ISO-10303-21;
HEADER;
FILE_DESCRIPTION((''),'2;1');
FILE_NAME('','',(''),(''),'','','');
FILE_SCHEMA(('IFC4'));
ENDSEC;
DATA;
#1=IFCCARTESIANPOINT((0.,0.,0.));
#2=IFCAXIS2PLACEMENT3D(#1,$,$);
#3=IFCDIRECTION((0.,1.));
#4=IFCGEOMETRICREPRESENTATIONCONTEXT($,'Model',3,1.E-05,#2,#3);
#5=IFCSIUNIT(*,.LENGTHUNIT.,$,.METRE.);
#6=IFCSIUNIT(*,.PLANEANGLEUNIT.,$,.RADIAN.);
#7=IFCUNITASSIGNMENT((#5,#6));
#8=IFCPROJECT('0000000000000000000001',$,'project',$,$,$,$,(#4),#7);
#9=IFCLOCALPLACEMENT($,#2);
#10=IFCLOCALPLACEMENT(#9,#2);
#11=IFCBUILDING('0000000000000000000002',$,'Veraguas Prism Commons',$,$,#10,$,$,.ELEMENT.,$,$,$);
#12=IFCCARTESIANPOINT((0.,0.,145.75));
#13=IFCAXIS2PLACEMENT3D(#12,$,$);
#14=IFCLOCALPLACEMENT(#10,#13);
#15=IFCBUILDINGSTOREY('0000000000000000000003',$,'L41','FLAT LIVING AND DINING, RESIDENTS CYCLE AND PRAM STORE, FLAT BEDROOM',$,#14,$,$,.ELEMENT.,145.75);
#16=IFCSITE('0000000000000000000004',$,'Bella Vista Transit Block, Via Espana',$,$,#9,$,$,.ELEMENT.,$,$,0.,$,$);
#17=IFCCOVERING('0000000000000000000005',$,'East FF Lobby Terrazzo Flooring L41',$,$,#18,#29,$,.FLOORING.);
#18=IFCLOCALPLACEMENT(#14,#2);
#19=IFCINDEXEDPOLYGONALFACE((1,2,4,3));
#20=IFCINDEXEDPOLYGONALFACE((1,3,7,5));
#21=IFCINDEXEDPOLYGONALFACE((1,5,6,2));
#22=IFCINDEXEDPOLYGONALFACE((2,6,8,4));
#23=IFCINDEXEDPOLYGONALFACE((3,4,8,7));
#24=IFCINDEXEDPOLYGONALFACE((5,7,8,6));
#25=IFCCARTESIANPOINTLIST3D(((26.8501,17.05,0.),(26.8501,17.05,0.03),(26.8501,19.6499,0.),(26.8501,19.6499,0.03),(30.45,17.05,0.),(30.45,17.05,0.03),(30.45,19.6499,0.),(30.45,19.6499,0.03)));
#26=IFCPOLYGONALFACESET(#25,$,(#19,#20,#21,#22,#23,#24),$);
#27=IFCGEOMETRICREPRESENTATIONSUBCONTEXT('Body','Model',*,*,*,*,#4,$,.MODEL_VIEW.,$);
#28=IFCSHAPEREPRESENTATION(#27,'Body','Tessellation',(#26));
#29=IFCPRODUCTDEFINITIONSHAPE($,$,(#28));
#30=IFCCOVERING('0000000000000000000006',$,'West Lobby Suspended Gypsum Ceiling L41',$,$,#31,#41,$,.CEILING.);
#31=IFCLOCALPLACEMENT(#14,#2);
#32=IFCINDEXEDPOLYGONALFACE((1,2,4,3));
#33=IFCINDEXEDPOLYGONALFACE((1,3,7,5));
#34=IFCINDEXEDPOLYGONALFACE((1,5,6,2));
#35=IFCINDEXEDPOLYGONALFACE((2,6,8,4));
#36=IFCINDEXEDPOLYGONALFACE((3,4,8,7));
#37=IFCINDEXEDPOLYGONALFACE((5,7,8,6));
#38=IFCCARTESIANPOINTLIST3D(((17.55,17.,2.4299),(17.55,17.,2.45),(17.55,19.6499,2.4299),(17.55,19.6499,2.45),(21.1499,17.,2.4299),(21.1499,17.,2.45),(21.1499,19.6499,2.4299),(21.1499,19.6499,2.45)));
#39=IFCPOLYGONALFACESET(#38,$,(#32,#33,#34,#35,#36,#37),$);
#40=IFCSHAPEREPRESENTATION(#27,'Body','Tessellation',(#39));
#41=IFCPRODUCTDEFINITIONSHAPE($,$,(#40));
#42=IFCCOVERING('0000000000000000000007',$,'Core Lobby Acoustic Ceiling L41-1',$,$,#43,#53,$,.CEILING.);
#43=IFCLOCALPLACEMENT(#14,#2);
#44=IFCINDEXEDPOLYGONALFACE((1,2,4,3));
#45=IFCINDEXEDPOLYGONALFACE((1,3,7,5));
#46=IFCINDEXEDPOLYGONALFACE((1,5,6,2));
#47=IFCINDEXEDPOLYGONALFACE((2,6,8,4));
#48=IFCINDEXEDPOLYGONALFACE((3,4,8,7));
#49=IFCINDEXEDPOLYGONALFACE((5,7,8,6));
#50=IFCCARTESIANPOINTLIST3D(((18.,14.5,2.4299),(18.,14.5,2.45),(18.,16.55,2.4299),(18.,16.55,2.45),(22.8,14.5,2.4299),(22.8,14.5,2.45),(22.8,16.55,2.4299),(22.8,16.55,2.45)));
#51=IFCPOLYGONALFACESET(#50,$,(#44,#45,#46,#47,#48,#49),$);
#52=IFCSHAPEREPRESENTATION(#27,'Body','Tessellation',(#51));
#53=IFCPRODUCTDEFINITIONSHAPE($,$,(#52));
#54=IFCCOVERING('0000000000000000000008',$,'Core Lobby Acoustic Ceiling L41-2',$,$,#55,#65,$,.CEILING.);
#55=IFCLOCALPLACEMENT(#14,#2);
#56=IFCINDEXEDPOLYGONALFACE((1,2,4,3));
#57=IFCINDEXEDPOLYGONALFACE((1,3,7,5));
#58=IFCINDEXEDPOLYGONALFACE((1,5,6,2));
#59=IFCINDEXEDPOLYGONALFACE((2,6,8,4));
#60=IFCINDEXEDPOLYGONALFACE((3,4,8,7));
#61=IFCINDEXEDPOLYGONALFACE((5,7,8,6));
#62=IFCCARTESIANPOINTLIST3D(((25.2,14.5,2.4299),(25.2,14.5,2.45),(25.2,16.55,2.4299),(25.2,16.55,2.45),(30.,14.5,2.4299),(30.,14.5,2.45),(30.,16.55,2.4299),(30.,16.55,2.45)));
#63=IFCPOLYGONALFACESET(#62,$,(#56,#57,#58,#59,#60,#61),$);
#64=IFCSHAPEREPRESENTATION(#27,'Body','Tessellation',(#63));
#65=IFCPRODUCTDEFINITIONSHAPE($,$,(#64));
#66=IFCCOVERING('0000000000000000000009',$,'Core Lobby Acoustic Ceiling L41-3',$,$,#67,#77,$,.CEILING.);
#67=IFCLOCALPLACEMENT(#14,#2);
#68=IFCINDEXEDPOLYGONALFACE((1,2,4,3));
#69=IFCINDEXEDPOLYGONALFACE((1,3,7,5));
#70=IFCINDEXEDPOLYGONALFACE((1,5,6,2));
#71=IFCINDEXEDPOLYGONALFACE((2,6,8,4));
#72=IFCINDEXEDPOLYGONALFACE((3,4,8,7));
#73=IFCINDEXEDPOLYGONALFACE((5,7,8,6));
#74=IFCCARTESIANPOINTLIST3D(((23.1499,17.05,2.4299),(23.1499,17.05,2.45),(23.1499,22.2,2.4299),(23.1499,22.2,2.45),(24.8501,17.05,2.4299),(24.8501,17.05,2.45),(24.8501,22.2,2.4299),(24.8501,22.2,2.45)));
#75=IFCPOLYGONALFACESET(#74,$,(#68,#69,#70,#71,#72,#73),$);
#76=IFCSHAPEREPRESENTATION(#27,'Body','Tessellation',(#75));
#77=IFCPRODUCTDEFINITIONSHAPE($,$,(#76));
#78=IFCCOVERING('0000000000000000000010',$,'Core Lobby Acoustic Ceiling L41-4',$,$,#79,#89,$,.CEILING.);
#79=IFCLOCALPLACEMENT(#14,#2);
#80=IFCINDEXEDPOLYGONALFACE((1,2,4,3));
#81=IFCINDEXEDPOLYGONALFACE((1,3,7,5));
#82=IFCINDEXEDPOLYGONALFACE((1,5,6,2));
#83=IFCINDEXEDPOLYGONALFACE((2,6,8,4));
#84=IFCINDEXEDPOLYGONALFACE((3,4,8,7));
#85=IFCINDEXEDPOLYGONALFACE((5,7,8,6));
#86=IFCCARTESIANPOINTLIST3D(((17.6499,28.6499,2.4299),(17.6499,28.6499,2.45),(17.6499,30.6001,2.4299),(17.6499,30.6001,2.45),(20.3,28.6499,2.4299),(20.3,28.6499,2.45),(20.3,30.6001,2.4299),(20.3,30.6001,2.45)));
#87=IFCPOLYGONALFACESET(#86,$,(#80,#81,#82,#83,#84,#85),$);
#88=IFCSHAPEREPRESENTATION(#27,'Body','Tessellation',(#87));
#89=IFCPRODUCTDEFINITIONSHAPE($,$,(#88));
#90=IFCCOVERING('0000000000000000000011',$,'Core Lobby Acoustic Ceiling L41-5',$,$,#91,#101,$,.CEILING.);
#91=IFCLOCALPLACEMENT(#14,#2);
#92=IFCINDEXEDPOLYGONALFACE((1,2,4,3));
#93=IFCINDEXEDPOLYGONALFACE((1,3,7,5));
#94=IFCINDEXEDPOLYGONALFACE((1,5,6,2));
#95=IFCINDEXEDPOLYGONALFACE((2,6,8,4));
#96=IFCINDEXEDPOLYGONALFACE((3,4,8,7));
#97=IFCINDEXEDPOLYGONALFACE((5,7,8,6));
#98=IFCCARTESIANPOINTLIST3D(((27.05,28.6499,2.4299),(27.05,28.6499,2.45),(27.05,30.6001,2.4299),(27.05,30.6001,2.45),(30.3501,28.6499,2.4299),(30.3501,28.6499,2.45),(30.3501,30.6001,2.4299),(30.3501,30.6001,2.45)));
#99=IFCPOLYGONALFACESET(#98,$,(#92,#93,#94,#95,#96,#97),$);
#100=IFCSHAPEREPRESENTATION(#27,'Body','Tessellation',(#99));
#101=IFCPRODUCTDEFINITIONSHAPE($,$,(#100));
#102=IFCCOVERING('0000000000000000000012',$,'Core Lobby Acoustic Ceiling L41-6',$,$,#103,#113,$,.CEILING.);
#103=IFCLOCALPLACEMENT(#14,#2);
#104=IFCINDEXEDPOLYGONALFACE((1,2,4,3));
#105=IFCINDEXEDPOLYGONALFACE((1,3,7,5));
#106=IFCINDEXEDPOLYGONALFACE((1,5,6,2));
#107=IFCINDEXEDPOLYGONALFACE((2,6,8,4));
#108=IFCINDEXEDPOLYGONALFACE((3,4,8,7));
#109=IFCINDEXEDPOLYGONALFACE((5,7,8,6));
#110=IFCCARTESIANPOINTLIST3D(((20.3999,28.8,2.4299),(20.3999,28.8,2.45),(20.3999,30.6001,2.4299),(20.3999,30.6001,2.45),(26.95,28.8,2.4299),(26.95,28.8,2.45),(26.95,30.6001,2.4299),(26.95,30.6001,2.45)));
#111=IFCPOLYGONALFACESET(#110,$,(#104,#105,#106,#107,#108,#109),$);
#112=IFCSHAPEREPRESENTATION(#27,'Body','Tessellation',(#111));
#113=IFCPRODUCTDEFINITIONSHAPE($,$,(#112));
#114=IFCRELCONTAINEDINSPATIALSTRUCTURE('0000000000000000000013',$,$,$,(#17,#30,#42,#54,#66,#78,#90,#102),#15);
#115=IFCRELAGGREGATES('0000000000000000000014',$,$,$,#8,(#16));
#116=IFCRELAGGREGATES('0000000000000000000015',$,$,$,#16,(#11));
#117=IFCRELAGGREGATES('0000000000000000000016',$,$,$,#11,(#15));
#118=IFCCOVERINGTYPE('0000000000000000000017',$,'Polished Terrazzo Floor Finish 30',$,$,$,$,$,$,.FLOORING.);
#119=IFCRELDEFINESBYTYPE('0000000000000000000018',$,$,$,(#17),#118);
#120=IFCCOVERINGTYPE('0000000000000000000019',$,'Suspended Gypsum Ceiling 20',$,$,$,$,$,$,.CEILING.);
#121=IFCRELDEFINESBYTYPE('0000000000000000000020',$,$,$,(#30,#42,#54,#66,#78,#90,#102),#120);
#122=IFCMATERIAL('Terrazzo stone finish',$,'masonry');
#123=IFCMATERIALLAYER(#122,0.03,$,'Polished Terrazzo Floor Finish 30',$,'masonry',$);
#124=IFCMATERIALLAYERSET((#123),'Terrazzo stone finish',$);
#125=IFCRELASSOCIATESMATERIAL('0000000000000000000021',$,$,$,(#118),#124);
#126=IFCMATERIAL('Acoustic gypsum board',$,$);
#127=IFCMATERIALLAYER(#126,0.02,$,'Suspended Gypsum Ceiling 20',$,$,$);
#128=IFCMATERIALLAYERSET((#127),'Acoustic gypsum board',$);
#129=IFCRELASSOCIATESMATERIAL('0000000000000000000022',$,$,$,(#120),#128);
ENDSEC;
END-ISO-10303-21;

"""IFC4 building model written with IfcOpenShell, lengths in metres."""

from ifc_helpers import new_model, si_unit, direction, frame, origin, place, context, subcontext, project, spatial, polyline, outline, extrude, material, layer, layer_set, type_object, element, save


model = new_model("IFC4")

# Units and contexts
model_context = context("Model", 3, precision=1e-05, world=origin(), true_north=direction((0.0, 1.0)))
body_context = subcontext(model_context, "Body", "Model", "MODEL_VIEW")
ifc_project = project(units=[si_unit("LENGTHUNIT", "METRE"), si_unit("PLANEANGLEUNIT", "RADIAN")], contexts=[model_context])

# Site, building, storey
site_placement = place(None, origin())
site = spatial("IfcSite", under=ifc_project, at=site_placement, Name="Bella Vista Transit Block, Via Espana", CompositionType="ELEMENT", RefElevation=0.0)
building_placement = place(site_placement, origin())
building = spatial("IfcBuilding", under=site, at=building_placement, Name="Veraguas Prism Commons", CompositionType="ELEMENT")
storey_placement = place(building_placement, frame((0.0, 0.0, 145.75)))
storey = spatial("IfcBuildingStorey", under=building, at=storey_placement, Name="L41", Description="FLAT LIVING AND DINING, RESIDENTS CYCLE AND PRAM STORE, FLAT BEDROOM", CompositionType="ELEMENT", Elevation=145.75)

# Coverings
ifc_material_1 = material(Name="Acoustic gypsum board")
ifc_material_2 = material(Name="Terrazzo stone finish", Category="masonry")
ifc_layer_1 = layer(ifc_material_2, 0.03, Name="Polished Terrazzo Floor Finish 30", Category="masonry")
ifc_layer_set_1 = layer_set([ifc_layer_1], Name="Terrazzo stone finish")
covering_type_1 = type_object("IfcCoveringType", Name="Polished Terrazzo Floor Finish 30", PredefinedType="FLOORING", material=ifc_layer_set_1)
covering_1_placement = place(storey_placement, origin())
element("IfcCovering", 1, at=covering_1_placement, inside=storey, type_object=covering_type_1, Name="East FF Lobby Terrazzo Flooring L41", PredefinedType="FLOORING", context=body_context, shape_type="SweptSolid", body=[
    extrude(outline(polyline([(26.8501, 17.05), (30.45, 17.05), (30.45, 19.6499), (26.8501, 19.6499), (26.8501, 17.05)])), origin(), (0.0, 0.0, 1.0), 0.03),
])
ifc_layer_2 = layer(ifc_material_1, 0.02, Name="Suspended Gypsum Ceiling 20")
ifc_layer_set_2 = layer_set([ifc_layer_2], Name="Acoustic gypsum board")
covering_type_2 = type_object("IfcCoveringType", Name="Suspended Gypsum Ceiling 20", PredefinedType="CEILING", material=ifc_layer_set_2)
covering_2_placement = place(storey_placement, frame((0.0, 0.0, 2.4299)))
element("IfcCovering", 2, at=covering_2_placement, inside=storey, type_object=covering_type_2, Name="West Lobby Suspended Gypsum Ceiling L41", PredefinedType="CEILING", context=body_context, shape_type="SweptSolid", body=[
    extrude(outline(polyline([(17.55, 17.0), (21.1499, 17.0), (21.1499, 19.6499), (17.55, 19.6499), (17.55, 17.0)])), origin(), (0.0, 0.0, 1.0), 0.02),
])
covering_3_placement = place(storey_placement, frame((0.0, 0.0, 2.4299)))
element("IfcCovering", 3, at=covering_3_placement, inside=storey, type_object=covering_type_2, Name="Core Lobby Acoustic Ceiling L41-1", PredefinedType="CEILING", context=body_context, shape_type="SweptSolid", body=[
    extrude(outline(polyline([(18.0, 14.5), (22.8, 14.5), (22.8, 16.55), (18.0, 16.55), (18.0, 14.5)])), origin(), (0.0, 0.0, 1.0), 0.02),
])
covering_4_placement = place(storey_placement, frame((0.0, 0.0, 2.4299)))
element("IfcCovering", 4, at=covering_4_placement, inside=storey, type_object=covering_type_2, Name="Core Lobby Acoustic Ceiling L41-2", PredefinedType="CEILING", context=body_context, shape_type="SweptSolid", body=[
    extrude(outline(polyline([(25.2, 14.5), (30.0, 14.5), (30.0, 16.55), (25.2, 16.55), (25.2, 14.5)])), origin(), (0.0, 0.0, 1.0), 0.02),
])
covering_5_placement = place(storey_placement, frame((0.0, 0.0, 2.4299)))
element("IfcCovering", 5, at=covering_5_placement, inside=storey, type_object=covering_type_2, Name="Core Lobby Acoustic Ceiling L41-3", PredefinedType="CEILING", context=body_context, shape_type="SweptSolid", body=[
    extrude(outline(polyline([(23.1499, 17.05), (24.8501, 17.05), (24.8501, 22.2), (23.1499, 22.2), (23.1499, 17.05)])), origin(), (0.0, 0.0, 1.0), 0.02),
])
covering_6_placement = place(storey_placement, frame((0.0, 0.0, 2.4299)))
element("IfcCovering", 6, at=covering_6_placement, inside=storey, type_object=covering_type_2, Name="Core Lobby Acoustic Ceiling L41-4", PredefinedType="CEILING", context=body_context, shape_type="SweptSolid", body=[
    extrude(outline(polyline([(17.6499, 28.6499), (20.3, 28.6499), (20.3, 30.6001), (17.6499, 30.6001), (17.6499, 28.6499)])), origin(), (0.0, 0.0, 1.0), 0.02),
])
covering_7_placement = place(storey_placement, frame((0.0, 0.0, 2.4299)))
element("IfcCovering", 7, at=covering_7_placement, inside=storey, type_object=covering_type_2, Name="Core Lobby Acoustic Ceiling L41-5", PredefinedType="CEILING", context=body_context, shape_type="SweptSolid", body=[
    extrude(outline(polyline([(27.05, 28.6499), (30.3501, 28.6499), (30.3501, 30.6001), (27.05, 30.6001), (27.05, 28.6499)])), origin(), (0.0, 0.0, 1.0), 0.02),
])
covering_8_placement = place(storey_placement, frame((0.0, 0.0, 2.4299)))
element("IfcCovering", 8, at=covering_8_placement, inside=storey, type_object=covering_type_2, Name="Core Lobby Acoustic Ceiling L41-6", PredefinedType="CEILING", context=body_context, shape_type="SweptSolid", body=[
    extrude(outline(polyline([(20.3999, 28.8), (26.95, 28.8), (26.95, 30.6001), (20.3999, 30.6001), (20.3999, 28.8)])), origin(), (0.0, 0.0, 1.0), 0.02),
])

save(model, "model.ifc")
